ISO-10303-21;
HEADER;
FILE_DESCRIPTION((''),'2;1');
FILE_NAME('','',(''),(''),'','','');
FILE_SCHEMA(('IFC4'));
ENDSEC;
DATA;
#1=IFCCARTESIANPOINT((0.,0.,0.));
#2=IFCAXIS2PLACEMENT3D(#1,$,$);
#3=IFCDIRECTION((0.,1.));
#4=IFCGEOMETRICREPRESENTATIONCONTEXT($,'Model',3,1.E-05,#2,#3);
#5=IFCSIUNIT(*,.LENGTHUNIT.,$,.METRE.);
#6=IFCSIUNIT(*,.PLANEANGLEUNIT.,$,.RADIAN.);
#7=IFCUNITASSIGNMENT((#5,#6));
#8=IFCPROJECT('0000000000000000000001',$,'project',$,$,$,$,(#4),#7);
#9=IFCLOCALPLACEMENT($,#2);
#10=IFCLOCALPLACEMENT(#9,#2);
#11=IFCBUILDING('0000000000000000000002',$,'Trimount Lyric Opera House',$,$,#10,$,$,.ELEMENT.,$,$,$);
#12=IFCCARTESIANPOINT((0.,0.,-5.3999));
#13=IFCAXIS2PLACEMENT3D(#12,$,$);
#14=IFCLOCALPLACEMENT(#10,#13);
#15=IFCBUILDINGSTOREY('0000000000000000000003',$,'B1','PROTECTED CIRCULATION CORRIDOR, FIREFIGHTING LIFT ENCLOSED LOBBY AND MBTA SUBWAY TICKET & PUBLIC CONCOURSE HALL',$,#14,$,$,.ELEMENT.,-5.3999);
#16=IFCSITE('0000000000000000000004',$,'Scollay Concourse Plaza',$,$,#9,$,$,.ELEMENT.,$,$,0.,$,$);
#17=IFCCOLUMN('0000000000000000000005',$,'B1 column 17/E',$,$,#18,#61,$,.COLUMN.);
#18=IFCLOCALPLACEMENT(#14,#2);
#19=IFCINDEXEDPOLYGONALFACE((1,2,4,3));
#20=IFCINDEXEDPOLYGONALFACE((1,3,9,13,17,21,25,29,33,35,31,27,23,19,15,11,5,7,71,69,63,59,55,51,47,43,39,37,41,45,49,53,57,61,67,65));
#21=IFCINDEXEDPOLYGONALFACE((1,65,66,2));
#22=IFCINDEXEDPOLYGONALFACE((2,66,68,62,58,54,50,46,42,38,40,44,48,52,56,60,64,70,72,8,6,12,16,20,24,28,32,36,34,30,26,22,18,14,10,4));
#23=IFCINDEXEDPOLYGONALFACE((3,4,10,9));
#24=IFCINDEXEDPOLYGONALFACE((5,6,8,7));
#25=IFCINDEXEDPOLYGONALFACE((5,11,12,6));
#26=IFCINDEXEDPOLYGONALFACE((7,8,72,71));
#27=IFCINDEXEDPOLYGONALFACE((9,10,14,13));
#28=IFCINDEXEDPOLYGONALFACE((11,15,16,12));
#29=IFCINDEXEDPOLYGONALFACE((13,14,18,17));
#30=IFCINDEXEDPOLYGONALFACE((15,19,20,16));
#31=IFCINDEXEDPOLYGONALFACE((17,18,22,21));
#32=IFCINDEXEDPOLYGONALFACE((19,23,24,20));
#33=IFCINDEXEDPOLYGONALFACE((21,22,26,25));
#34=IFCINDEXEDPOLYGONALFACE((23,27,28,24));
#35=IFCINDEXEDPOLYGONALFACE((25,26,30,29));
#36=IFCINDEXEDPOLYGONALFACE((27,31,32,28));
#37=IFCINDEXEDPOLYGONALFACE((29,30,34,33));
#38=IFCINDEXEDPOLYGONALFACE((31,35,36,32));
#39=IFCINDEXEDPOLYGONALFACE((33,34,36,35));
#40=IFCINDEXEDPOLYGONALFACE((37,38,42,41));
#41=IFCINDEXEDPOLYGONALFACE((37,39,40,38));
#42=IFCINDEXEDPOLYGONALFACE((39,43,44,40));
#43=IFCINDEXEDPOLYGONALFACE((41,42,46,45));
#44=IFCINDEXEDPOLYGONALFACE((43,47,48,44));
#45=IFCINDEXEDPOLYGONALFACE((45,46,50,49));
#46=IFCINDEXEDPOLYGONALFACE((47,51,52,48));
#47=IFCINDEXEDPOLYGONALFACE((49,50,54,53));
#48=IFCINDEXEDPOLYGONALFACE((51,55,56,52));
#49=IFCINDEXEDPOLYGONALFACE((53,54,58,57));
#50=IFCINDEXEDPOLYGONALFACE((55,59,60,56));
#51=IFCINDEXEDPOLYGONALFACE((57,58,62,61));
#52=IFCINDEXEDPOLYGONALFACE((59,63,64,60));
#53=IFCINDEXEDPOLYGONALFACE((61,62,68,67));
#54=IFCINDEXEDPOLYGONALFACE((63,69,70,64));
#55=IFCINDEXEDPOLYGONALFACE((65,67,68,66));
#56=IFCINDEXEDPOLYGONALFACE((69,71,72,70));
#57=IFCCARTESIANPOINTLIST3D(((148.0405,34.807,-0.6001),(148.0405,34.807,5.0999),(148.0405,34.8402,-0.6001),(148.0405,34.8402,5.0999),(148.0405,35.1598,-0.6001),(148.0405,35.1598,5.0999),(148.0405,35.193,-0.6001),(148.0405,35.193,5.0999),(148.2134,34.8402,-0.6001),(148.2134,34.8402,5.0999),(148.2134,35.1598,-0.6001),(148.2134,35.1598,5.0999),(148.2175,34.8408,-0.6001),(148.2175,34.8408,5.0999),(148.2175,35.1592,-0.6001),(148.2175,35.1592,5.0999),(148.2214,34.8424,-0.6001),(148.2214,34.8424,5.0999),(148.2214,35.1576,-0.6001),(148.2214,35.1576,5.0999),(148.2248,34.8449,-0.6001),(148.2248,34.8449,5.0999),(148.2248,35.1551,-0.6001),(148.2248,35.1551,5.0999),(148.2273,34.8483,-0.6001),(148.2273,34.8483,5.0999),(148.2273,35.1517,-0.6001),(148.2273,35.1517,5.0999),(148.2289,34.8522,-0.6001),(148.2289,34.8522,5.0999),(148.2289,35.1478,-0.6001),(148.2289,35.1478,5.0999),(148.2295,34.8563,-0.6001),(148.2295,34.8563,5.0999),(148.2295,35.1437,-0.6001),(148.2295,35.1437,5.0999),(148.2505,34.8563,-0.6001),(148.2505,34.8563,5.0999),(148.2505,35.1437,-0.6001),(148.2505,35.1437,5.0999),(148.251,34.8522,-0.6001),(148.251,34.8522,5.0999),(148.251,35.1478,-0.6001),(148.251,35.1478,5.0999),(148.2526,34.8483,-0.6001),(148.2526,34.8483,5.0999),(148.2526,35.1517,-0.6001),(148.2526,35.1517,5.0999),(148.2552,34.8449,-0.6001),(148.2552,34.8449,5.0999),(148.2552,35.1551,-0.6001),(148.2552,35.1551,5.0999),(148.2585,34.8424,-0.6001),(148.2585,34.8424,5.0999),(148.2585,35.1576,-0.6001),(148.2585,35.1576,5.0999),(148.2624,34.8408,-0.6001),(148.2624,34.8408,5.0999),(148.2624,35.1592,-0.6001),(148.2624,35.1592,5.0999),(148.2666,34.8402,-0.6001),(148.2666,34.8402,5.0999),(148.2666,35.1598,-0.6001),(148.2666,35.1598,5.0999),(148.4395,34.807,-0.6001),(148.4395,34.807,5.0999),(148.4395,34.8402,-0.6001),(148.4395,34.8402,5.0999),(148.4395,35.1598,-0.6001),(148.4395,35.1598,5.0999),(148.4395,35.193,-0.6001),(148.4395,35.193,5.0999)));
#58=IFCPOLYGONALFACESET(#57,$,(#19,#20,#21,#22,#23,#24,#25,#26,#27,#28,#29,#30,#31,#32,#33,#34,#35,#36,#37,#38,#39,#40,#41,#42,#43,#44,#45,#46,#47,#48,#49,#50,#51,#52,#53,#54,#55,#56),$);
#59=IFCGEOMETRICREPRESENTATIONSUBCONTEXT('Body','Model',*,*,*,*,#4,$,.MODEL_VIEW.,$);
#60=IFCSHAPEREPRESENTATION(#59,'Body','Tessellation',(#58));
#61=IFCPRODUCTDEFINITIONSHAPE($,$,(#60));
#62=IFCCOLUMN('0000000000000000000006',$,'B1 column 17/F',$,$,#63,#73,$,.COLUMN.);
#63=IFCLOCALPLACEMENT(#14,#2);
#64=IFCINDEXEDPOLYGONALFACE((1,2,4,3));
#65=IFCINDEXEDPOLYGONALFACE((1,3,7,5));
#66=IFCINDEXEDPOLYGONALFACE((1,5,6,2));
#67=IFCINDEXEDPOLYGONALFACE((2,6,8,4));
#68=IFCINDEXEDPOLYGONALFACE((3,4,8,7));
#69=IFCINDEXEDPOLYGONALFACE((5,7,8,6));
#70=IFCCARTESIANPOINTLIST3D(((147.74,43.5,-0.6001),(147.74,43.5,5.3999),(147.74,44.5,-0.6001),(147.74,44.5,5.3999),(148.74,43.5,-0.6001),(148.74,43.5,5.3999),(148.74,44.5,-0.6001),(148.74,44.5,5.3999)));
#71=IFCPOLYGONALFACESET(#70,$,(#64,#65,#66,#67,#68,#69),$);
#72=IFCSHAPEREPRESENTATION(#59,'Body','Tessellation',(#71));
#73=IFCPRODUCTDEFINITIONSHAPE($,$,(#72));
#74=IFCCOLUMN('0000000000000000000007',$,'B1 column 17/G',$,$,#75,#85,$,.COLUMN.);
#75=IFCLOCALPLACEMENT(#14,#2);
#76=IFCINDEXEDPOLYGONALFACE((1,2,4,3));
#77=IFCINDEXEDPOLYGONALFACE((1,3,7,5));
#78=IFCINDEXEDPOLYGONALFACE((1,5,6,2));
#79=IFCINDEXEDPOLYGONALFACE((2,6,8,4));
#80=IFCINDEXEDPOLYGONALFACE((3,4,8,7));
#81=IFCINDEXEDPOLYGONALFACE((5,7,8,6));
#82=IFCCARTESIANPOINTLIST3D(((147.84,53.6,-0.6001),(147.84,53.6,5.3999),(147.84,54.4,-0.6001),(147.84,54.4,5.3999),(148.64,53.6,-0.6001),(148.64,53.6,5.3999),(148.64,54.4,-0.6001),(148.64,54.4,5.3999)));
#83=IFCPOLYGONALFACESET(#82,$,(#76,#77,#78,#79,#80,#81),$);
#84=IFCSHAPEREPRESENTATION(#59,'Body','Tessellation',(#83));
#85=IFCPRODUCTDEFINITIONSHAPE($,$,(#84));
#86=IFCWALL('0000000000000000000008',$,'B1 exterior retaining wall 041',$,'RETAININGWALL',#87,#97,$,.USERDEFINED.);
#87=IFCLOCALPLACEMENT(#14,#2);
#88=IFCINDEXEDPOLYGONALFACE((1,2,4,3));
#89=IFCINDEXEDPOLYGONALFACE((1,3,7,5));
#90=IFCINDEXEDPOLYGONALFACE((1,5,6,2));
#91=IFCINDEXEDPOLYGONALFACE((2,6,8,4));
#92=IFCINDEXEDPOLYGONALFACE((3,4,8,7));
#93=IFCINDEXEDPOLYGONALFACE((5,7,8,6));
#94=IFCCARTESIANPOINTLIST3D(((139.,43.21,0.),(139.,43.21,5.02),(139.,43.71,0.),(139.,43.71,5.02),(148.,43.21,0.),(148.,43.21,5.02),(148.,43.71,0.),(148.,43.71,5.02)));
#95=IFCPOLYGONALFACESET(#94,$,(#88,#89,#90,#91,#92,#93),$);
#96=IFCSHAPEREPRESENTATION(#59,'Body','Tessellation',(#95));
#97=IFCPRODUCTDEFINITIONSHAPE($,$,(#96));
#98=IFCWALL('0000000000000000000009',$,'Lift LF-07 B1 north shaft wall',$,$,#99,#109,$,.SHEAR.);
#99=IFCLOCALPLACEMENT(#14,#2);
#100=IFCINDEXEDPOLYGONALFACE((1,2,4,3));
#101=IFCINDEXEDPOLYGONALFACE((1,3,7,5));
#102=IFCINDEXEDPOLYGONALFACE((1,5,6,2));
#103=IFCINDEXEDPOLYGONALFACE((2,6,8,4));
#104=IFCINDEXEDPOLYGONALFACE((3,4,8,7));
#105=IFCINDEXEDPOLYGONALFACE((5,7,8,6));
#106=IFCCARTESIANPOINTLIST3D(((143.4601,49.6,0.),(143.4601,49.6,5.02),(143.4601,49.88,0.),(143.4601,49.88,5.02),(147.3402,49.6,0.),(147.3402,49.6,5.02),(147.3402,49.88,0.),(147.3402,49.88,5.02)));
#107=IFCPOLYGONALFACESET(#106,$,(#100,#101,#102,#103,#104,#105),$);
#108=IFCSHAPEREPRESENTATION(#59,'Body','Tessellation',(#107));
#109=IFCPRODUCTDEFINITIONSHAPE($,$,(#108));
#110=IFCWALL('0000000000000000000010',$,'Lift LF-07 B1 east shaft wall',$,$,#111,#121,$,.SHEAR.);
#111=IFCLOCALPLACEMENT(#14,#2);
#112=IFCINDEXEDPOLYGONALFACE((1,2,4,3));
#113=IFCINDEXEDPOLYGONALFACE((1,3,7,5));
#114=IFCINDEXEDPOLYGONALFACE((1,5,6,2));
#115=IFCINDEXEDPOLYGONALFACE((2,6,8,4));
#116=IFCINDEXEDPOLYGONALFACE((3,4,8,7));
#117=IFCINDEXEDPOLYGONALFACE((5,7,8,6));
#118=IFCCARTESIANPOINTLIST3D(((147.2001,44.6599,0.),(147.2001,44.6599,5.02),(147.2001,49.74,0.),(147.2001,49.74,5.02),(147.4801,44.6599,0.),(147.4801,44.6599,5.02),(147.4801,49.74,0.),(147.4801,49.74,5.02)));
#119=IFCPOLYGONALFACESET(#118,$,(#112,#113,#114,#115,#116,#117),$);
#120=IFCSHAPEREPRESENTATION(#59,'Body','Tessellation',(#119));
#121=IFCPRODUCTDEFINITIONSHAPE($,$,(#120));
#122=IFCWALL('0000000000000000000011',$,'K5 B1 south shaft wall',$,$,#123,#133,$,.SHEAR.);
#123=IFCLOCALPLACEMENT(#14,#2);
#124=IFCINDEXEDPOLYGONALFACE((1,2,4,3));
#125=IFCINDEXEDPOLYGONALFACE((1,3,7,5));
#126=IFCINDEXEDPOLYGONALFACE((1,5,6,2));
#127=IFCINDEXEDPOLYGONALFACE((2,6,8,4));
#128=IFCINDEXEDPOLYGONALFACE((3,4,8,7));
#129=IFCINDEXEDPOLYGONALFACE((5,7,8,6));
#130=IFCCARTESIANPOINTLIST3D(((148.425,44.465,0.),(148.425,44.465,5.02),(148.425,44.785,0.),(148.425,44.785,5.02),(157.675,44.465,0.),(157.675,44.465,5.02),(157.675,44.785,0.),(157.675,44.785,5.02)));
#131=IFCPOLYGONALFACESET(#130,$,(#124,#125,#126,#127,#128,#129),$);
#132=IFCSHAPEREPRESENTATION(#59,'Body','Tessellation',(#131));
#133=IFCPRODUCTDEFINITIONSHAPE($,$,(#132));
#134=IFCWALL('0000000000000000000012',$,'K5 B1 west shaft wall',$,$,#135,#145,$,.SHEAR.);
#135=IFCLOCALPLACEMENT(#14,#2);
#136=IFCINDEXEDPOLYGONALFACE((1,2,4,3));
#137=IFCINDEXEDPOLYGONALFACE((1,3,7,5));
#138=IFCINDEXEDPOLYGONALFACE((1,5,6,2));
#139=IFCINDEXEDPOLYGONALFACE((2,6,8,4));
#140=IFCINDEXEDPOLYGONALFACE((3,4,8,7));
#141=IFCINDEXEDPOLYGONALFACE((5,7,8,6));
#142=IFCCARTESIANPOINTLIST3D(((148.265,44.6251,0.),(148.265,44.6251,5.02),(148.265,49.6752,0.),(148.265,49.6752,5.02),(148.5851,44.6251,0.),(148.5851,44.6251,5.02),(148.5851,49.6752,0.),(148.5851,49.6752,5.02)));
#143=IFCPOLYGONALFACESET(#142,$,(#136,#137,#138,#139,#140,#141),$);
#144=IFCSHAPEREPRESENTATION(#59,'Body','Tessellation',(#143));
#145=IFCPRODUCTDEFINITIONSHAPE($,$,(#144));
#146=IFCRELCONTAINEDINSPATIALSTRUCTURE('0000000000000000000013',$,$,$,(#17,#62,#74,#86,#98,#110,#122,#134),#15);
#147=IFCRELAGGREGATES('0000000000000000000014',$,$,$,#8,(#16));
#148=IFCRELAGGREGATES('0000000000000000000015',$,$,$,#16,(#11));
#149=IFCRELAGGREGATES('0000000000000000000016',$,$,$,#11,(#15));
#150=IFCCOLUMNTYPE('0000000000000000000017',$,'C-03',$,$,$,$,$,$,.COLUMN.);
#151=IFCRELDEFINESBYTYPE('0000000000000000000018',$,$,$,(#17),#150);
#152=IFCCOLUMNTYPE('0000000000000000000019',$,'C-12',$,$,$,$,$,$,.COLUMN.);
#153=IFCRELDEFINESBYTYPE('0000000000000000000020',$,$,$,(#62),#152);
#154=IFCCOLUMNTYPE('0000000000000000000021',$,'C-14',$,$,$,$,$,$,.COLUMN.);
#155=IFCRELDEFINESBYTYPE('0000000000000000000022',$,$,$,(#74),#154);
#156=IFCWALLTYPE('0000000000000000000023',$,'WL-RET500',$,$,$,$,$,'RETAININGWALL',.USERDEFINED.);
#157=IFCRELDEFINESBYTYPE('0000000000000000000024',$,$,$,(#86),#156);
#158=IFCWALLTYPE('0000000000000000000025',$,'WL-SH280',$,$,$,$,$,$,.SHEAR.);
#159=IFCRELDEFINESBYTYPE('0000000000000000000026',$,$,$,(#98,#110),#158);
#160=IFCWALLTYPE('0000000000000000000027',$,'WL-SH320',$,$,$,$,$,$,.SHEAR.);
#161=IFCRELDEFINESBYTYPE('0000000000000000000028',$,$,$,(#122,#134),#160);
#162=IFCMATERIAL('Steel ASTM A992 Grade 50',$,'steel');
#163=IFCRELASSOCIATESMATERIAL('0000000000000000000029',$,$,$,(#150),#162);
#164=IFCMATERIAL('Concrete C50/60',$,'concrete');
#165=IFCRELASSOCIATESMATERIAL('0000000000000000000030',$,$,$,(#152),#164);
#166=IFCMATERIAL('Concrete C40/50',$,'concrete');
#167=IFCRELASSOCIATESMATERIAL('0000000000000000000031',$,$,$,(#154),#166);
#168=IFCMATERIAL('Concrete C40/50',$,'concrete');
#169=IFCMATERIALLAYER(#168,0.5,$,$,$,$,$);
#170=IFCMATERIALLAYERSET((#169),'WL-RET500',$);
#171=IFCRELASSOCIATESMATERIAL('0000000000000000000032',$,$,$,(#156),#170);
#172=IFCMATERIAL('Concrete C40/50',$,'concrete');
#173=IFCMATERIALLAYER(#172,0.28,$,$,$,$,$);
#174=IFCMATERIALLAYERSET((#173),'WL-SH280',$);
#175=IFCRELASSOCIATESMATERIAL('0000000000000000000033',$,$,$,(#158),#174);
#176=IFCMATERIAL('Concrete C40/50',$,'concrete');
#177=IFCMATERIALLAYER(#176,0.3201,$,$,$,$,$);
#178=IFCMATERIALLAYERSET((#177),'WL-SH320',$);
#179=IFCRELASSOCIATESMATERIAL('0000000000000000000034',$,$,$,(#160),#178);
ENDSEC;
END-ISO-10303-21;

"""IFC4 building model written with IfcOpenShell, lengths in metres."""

from ifc_helpers import new_model, si_unit, direction, frame, frame_2d, origin, origin_2d, place, context, subcontext, project, spatial, rectangle, i_section, extrude, material, layer, layer_set, material_profile, profile_set, type_object, element, save


model = new_model("IFC4")

# Units and contexts
model_context = context("Model", 3, precision=1e-05, world=origin(), true_north=direction((0.0, 1.0)))
body_context = subcontext(model_context, "Body", "Model", "MODEL_VIEW")
ifc_project = project(units=[si_unit("LENGTHUNIT", "METRE"), si_unit("PLANEANGLEUNIT", "RADIAN")], contexts=[model_context])

# Site, building, storey
site_placement = place(None, origin())
site = spatial("IfcSite", under=ifc_project, at=site_placement, Name="Scollay Concourse Plaza", CompositionType="ELEMENT", RefElevation=0.0)
building_placement = place(site_placement, origin())
building = spatial("IfcBuilding", under=site, at=building_placement, Name="Trimount Lyric Opera House", CompositionType="ELEMENT")
storey_placement = place(building_placement, frame((0.0, 0.0, -5.3999)))
storey = spatial("IfcBuildingStorey", under=building, at=storey_placement, Name="B1", Description="PROTECTED CIRCULATION CORRIDOR, FIREFIGHTING LIFT ENCLOSED LOBBY AND MBTA SUBWAY TICKET & PUBLIC CONCOURSE HALL", CompositionType="ELEMENT", Elevation=-5.3999)

# Columns
ifc_material_1 = material(Name="Steel ASTM A992 Grade 50", Category="steel")
ifc_material_profile_1 = material_profile(ifc_material_1, i_section(OverallWidth=0.3989, OverallDepth=0.386, WebThickness=0.021, FlangeThickness=0.0332, FilletRadius=0.0161, at=origin_2d()), Name="W14X176")
ifc_profile_set_1 = profile_set([ifc_material_profile_1], Name="Steel ASTM A992 Grade 50")
column_type_1 = type_object("IfcColumnType", Name="C-03", PredefinedType="COLUMN", material=ifc_profile_set_1)
column_1_placement = place(storey_placement, frame((148.24, 35.0, -0.6001), z_axis=(0.0, 0.0, 1.0), x_axis=(1.0, 0.0, 0.0)))
element("IfcColumn", 1, at=column_1_placement, inside=storey, type_object=column_type_1, Name="B1 column 17/E", PredefinedType="COLUMN", context=body_context, shape_type="SweptSolid", body=[
    extrude(i_section(OverallWidth=0.3989, OverallDepth=0.386, WebThickness=0.021, FlangeThickness=0.0332, FilletRadius=0.0161, at=origin_2d()), origin(), (0.0, 0.0, 1.0), 5.7),
])
ifc_material_2 = material(Name="Concrete C50/60", Category="concrete")
ifc_material_profile_2 = material_profile(ifc_material_2, rectangle(XDim=1.0, YDim=1.0, at=origin_2d()), Name="RC1000X1000")
ifc_profile_set_2 = profile_set([ifc_material_profile_2], Name="Concrete C50/60")
column_type_2 = type_object("IfcColumnType", Name="C-12", PredefinedType="COLUMN", material=ifc_profile_set_2)
column_2_placement = place(storey_placement, frame((148.24, 44.0, -0.6001), z_axis=(0.0, 0.0, 1.0), x_axis=(1.0, 0.0, 0.0)))
element("IfcColumn", 2, at=column_2_placement, inside=storey, type_object=column_type_2, Name="B1 column 17/F", PredefinedType="COLUMN", context=body_context, shape_type="SweptSolid", body=[
    extrude(rectangle(XDim=1.0, YDim=1.0, at=origin_2d()), origin(), (0.0, 0.0, 1.0), 6.0),
])
ifc_material_3 = material(Name="Concrete C40/50", Category="concrete")
ifc_material_profile_3 = material_profile(ifc_material_3, rectangle(XDim=0.8, YDim=0.8, at=origin_2d()), Name="RC800X800")
ifc_profile_set_3 = profile_set([ifc_material_profile_3], Name="Concrete C40/50")
column_type_3 = type_object("IfcColumnType", Name="C-14", PredefinedType="COLUMN", material=ifc_profile_set_3)
column_3_placement = place(storey_placement, frame((148.24, 54.0, -0.6001), z_axis=(0.0, 0.0, 1.0), x_axis=(1.0, 0.0, 0.0)))
element("IfcColumn", 3, at=column_3_placement, inside=storey, type_object=column_type_3, Name="B1 column 17/G", PredefinedType="COLUMN", context=body_context, shape_type="SweptSolid", body=[
    extrude(rectangle(XDim=0.8, YDim=0.8, at=origin_2d()), origin(), (0.0, 0.0, 1.0), 6.0),
])

# Walls
ifc_material_4 = material(Name="Concrete C40/50", Category="concrete")
ifc_layer_1 = layer(ifc_material_4, 0.5)
ifc_layer_set_1 = layer_set([ifc_layer_1], Name="WL-RET500")
wall_type_1 = type_object("IfcWallType", Name="WL-RET500", ElementType="RETAININGWALL", PredefinedType="USERDEFINED", material=ifc_layer_set_1)
wall_1_placement = place(storey_placement, frame((148.0, 43.46, 0.0), z_axis=(0.0, 0.0, 1.0), x_axis=(-1.0, 0.0, 0.0)))
element("IfcWall", 4, at=wall_1_placement, inside=storey, type_object=wall_type_1, Name="B1 exterior retaining wall 041", ObjectType="RETAININGWALL", PredefinedType="USERDEFINED", context=body_context, shape_type="SweptSolid", body=[
    extrude(rectangle(XDim=9.0, YDim=0.5, at=frame_2d((4.5, 0.0))), origin(), (0.0, 0.0, 1.0), 5.02),
])
ifc_material_5 = material(Name="Concrete C40/50", Category="concrete")
ifc_layer_2 = layer(ifc_material_5, 0.28)
ifc_layer_set_2 = layer_set([ifc_layer_2], Name="WL-SH280")
wall_type_2 = type_object("IfcWallType", Name="WL-SH280", PredefinedType="SHEAR", material=ifc_layer_set_2)
wall_2_placement = place(storey_placement, frame((147.3401, 49.74, 0.0), z_axis=(0.0, 0.0, 1.0), x_axis=(-1.0, 0.0, 0.0)))
element("IfcWall", 5, at=wall_2_placement, inside=storey, type_object=wall_type_2, Name="Lift LF-07 B1 north shaft wall", PredefinedType="SHEAR", context=body_context, shape_type="SweptSolid", body=[
    extrude(rectangle(XDim=3.8801, YDim=0.28, at=frame_2d((1.9399, 0.0))), origin(), (0.0, 0.0, 1.0), 5.02),
])
wall_3_placement = place(storey_placement, frame((147.3401, 44.6599, 0.0), z_axis=(0.0, 0.0, 1.0), x_axis=(0.0, 1.0, 0.0)))
element("IfcWall", 6, at=wall_3_placement, inside=storey, type_object=wall_type_2, Name="Lift LF-07 B1 east shaft wall", PredefinedType="SHEAR", context=body_context, shape_type="SweptSolid", body=[
    extrude(rectangle(XDim=5.0801, YDim=0.28, at=frame_2d((2.54, 0.0))), origin(), (0.0, 0.0, 1.0), 5.02),
])
ifc_material_6 = material(Name="Concrete C40/50", Category="concrete")
ifc_layer_3 = layer(ifc_material_6, 0.3201)
ifc_layer_set_3 = layer_set([ifc_layer_3], Name="WL-SH320")
wall_type_3 = type_object("IfcWallType", Name="WL-SH320", PredefinedType="SHEAR", material=ifc_layer_set_3)
wall_4_placement = place(storey_placement, frame((148.425, 44.625, 0.0), z_axis=(0.0, 0.0, 1.0), x_axis=(1.0, 0.0, 0.0)))
element("IfcWall", 7, at=wall_4_placement, inside=storey, type_object=wall_type_3, Name="K5 B1 south shaft wall", PredefinedType="SHEAR", context=body_context, shape_type="SweptSolid", body=[
    extrude(rectangle(XDim=9.25, YDim=0.3201, at=frame_2d((4.625, 0.0))), origin(), (0.0, 0.0, 1.0), 5.02),
])
wall_5_placement = place(storey_placement, frame((148.425, 49.675, 0.0), z_axis=(0.0, 0.0, 1.0), x_axis=(0.0, -1.0, 0.0)))
element("IfcWall", 8, at=wall_5_placement, inside=storey, type_object=wall_type_3, Name="K5 B1 west shaft wall", PredefinedType="SHEAR", context=body_context, shape_type="SweptSolid", body=[
    extrude(rectangle(XDim=5.05, YDim=0.3201, at=frame_2d((2.5249, 0.0))), origin(), (0.0, 0.0, 1.0), 5.02),
])

save(model, "model.ifc")
